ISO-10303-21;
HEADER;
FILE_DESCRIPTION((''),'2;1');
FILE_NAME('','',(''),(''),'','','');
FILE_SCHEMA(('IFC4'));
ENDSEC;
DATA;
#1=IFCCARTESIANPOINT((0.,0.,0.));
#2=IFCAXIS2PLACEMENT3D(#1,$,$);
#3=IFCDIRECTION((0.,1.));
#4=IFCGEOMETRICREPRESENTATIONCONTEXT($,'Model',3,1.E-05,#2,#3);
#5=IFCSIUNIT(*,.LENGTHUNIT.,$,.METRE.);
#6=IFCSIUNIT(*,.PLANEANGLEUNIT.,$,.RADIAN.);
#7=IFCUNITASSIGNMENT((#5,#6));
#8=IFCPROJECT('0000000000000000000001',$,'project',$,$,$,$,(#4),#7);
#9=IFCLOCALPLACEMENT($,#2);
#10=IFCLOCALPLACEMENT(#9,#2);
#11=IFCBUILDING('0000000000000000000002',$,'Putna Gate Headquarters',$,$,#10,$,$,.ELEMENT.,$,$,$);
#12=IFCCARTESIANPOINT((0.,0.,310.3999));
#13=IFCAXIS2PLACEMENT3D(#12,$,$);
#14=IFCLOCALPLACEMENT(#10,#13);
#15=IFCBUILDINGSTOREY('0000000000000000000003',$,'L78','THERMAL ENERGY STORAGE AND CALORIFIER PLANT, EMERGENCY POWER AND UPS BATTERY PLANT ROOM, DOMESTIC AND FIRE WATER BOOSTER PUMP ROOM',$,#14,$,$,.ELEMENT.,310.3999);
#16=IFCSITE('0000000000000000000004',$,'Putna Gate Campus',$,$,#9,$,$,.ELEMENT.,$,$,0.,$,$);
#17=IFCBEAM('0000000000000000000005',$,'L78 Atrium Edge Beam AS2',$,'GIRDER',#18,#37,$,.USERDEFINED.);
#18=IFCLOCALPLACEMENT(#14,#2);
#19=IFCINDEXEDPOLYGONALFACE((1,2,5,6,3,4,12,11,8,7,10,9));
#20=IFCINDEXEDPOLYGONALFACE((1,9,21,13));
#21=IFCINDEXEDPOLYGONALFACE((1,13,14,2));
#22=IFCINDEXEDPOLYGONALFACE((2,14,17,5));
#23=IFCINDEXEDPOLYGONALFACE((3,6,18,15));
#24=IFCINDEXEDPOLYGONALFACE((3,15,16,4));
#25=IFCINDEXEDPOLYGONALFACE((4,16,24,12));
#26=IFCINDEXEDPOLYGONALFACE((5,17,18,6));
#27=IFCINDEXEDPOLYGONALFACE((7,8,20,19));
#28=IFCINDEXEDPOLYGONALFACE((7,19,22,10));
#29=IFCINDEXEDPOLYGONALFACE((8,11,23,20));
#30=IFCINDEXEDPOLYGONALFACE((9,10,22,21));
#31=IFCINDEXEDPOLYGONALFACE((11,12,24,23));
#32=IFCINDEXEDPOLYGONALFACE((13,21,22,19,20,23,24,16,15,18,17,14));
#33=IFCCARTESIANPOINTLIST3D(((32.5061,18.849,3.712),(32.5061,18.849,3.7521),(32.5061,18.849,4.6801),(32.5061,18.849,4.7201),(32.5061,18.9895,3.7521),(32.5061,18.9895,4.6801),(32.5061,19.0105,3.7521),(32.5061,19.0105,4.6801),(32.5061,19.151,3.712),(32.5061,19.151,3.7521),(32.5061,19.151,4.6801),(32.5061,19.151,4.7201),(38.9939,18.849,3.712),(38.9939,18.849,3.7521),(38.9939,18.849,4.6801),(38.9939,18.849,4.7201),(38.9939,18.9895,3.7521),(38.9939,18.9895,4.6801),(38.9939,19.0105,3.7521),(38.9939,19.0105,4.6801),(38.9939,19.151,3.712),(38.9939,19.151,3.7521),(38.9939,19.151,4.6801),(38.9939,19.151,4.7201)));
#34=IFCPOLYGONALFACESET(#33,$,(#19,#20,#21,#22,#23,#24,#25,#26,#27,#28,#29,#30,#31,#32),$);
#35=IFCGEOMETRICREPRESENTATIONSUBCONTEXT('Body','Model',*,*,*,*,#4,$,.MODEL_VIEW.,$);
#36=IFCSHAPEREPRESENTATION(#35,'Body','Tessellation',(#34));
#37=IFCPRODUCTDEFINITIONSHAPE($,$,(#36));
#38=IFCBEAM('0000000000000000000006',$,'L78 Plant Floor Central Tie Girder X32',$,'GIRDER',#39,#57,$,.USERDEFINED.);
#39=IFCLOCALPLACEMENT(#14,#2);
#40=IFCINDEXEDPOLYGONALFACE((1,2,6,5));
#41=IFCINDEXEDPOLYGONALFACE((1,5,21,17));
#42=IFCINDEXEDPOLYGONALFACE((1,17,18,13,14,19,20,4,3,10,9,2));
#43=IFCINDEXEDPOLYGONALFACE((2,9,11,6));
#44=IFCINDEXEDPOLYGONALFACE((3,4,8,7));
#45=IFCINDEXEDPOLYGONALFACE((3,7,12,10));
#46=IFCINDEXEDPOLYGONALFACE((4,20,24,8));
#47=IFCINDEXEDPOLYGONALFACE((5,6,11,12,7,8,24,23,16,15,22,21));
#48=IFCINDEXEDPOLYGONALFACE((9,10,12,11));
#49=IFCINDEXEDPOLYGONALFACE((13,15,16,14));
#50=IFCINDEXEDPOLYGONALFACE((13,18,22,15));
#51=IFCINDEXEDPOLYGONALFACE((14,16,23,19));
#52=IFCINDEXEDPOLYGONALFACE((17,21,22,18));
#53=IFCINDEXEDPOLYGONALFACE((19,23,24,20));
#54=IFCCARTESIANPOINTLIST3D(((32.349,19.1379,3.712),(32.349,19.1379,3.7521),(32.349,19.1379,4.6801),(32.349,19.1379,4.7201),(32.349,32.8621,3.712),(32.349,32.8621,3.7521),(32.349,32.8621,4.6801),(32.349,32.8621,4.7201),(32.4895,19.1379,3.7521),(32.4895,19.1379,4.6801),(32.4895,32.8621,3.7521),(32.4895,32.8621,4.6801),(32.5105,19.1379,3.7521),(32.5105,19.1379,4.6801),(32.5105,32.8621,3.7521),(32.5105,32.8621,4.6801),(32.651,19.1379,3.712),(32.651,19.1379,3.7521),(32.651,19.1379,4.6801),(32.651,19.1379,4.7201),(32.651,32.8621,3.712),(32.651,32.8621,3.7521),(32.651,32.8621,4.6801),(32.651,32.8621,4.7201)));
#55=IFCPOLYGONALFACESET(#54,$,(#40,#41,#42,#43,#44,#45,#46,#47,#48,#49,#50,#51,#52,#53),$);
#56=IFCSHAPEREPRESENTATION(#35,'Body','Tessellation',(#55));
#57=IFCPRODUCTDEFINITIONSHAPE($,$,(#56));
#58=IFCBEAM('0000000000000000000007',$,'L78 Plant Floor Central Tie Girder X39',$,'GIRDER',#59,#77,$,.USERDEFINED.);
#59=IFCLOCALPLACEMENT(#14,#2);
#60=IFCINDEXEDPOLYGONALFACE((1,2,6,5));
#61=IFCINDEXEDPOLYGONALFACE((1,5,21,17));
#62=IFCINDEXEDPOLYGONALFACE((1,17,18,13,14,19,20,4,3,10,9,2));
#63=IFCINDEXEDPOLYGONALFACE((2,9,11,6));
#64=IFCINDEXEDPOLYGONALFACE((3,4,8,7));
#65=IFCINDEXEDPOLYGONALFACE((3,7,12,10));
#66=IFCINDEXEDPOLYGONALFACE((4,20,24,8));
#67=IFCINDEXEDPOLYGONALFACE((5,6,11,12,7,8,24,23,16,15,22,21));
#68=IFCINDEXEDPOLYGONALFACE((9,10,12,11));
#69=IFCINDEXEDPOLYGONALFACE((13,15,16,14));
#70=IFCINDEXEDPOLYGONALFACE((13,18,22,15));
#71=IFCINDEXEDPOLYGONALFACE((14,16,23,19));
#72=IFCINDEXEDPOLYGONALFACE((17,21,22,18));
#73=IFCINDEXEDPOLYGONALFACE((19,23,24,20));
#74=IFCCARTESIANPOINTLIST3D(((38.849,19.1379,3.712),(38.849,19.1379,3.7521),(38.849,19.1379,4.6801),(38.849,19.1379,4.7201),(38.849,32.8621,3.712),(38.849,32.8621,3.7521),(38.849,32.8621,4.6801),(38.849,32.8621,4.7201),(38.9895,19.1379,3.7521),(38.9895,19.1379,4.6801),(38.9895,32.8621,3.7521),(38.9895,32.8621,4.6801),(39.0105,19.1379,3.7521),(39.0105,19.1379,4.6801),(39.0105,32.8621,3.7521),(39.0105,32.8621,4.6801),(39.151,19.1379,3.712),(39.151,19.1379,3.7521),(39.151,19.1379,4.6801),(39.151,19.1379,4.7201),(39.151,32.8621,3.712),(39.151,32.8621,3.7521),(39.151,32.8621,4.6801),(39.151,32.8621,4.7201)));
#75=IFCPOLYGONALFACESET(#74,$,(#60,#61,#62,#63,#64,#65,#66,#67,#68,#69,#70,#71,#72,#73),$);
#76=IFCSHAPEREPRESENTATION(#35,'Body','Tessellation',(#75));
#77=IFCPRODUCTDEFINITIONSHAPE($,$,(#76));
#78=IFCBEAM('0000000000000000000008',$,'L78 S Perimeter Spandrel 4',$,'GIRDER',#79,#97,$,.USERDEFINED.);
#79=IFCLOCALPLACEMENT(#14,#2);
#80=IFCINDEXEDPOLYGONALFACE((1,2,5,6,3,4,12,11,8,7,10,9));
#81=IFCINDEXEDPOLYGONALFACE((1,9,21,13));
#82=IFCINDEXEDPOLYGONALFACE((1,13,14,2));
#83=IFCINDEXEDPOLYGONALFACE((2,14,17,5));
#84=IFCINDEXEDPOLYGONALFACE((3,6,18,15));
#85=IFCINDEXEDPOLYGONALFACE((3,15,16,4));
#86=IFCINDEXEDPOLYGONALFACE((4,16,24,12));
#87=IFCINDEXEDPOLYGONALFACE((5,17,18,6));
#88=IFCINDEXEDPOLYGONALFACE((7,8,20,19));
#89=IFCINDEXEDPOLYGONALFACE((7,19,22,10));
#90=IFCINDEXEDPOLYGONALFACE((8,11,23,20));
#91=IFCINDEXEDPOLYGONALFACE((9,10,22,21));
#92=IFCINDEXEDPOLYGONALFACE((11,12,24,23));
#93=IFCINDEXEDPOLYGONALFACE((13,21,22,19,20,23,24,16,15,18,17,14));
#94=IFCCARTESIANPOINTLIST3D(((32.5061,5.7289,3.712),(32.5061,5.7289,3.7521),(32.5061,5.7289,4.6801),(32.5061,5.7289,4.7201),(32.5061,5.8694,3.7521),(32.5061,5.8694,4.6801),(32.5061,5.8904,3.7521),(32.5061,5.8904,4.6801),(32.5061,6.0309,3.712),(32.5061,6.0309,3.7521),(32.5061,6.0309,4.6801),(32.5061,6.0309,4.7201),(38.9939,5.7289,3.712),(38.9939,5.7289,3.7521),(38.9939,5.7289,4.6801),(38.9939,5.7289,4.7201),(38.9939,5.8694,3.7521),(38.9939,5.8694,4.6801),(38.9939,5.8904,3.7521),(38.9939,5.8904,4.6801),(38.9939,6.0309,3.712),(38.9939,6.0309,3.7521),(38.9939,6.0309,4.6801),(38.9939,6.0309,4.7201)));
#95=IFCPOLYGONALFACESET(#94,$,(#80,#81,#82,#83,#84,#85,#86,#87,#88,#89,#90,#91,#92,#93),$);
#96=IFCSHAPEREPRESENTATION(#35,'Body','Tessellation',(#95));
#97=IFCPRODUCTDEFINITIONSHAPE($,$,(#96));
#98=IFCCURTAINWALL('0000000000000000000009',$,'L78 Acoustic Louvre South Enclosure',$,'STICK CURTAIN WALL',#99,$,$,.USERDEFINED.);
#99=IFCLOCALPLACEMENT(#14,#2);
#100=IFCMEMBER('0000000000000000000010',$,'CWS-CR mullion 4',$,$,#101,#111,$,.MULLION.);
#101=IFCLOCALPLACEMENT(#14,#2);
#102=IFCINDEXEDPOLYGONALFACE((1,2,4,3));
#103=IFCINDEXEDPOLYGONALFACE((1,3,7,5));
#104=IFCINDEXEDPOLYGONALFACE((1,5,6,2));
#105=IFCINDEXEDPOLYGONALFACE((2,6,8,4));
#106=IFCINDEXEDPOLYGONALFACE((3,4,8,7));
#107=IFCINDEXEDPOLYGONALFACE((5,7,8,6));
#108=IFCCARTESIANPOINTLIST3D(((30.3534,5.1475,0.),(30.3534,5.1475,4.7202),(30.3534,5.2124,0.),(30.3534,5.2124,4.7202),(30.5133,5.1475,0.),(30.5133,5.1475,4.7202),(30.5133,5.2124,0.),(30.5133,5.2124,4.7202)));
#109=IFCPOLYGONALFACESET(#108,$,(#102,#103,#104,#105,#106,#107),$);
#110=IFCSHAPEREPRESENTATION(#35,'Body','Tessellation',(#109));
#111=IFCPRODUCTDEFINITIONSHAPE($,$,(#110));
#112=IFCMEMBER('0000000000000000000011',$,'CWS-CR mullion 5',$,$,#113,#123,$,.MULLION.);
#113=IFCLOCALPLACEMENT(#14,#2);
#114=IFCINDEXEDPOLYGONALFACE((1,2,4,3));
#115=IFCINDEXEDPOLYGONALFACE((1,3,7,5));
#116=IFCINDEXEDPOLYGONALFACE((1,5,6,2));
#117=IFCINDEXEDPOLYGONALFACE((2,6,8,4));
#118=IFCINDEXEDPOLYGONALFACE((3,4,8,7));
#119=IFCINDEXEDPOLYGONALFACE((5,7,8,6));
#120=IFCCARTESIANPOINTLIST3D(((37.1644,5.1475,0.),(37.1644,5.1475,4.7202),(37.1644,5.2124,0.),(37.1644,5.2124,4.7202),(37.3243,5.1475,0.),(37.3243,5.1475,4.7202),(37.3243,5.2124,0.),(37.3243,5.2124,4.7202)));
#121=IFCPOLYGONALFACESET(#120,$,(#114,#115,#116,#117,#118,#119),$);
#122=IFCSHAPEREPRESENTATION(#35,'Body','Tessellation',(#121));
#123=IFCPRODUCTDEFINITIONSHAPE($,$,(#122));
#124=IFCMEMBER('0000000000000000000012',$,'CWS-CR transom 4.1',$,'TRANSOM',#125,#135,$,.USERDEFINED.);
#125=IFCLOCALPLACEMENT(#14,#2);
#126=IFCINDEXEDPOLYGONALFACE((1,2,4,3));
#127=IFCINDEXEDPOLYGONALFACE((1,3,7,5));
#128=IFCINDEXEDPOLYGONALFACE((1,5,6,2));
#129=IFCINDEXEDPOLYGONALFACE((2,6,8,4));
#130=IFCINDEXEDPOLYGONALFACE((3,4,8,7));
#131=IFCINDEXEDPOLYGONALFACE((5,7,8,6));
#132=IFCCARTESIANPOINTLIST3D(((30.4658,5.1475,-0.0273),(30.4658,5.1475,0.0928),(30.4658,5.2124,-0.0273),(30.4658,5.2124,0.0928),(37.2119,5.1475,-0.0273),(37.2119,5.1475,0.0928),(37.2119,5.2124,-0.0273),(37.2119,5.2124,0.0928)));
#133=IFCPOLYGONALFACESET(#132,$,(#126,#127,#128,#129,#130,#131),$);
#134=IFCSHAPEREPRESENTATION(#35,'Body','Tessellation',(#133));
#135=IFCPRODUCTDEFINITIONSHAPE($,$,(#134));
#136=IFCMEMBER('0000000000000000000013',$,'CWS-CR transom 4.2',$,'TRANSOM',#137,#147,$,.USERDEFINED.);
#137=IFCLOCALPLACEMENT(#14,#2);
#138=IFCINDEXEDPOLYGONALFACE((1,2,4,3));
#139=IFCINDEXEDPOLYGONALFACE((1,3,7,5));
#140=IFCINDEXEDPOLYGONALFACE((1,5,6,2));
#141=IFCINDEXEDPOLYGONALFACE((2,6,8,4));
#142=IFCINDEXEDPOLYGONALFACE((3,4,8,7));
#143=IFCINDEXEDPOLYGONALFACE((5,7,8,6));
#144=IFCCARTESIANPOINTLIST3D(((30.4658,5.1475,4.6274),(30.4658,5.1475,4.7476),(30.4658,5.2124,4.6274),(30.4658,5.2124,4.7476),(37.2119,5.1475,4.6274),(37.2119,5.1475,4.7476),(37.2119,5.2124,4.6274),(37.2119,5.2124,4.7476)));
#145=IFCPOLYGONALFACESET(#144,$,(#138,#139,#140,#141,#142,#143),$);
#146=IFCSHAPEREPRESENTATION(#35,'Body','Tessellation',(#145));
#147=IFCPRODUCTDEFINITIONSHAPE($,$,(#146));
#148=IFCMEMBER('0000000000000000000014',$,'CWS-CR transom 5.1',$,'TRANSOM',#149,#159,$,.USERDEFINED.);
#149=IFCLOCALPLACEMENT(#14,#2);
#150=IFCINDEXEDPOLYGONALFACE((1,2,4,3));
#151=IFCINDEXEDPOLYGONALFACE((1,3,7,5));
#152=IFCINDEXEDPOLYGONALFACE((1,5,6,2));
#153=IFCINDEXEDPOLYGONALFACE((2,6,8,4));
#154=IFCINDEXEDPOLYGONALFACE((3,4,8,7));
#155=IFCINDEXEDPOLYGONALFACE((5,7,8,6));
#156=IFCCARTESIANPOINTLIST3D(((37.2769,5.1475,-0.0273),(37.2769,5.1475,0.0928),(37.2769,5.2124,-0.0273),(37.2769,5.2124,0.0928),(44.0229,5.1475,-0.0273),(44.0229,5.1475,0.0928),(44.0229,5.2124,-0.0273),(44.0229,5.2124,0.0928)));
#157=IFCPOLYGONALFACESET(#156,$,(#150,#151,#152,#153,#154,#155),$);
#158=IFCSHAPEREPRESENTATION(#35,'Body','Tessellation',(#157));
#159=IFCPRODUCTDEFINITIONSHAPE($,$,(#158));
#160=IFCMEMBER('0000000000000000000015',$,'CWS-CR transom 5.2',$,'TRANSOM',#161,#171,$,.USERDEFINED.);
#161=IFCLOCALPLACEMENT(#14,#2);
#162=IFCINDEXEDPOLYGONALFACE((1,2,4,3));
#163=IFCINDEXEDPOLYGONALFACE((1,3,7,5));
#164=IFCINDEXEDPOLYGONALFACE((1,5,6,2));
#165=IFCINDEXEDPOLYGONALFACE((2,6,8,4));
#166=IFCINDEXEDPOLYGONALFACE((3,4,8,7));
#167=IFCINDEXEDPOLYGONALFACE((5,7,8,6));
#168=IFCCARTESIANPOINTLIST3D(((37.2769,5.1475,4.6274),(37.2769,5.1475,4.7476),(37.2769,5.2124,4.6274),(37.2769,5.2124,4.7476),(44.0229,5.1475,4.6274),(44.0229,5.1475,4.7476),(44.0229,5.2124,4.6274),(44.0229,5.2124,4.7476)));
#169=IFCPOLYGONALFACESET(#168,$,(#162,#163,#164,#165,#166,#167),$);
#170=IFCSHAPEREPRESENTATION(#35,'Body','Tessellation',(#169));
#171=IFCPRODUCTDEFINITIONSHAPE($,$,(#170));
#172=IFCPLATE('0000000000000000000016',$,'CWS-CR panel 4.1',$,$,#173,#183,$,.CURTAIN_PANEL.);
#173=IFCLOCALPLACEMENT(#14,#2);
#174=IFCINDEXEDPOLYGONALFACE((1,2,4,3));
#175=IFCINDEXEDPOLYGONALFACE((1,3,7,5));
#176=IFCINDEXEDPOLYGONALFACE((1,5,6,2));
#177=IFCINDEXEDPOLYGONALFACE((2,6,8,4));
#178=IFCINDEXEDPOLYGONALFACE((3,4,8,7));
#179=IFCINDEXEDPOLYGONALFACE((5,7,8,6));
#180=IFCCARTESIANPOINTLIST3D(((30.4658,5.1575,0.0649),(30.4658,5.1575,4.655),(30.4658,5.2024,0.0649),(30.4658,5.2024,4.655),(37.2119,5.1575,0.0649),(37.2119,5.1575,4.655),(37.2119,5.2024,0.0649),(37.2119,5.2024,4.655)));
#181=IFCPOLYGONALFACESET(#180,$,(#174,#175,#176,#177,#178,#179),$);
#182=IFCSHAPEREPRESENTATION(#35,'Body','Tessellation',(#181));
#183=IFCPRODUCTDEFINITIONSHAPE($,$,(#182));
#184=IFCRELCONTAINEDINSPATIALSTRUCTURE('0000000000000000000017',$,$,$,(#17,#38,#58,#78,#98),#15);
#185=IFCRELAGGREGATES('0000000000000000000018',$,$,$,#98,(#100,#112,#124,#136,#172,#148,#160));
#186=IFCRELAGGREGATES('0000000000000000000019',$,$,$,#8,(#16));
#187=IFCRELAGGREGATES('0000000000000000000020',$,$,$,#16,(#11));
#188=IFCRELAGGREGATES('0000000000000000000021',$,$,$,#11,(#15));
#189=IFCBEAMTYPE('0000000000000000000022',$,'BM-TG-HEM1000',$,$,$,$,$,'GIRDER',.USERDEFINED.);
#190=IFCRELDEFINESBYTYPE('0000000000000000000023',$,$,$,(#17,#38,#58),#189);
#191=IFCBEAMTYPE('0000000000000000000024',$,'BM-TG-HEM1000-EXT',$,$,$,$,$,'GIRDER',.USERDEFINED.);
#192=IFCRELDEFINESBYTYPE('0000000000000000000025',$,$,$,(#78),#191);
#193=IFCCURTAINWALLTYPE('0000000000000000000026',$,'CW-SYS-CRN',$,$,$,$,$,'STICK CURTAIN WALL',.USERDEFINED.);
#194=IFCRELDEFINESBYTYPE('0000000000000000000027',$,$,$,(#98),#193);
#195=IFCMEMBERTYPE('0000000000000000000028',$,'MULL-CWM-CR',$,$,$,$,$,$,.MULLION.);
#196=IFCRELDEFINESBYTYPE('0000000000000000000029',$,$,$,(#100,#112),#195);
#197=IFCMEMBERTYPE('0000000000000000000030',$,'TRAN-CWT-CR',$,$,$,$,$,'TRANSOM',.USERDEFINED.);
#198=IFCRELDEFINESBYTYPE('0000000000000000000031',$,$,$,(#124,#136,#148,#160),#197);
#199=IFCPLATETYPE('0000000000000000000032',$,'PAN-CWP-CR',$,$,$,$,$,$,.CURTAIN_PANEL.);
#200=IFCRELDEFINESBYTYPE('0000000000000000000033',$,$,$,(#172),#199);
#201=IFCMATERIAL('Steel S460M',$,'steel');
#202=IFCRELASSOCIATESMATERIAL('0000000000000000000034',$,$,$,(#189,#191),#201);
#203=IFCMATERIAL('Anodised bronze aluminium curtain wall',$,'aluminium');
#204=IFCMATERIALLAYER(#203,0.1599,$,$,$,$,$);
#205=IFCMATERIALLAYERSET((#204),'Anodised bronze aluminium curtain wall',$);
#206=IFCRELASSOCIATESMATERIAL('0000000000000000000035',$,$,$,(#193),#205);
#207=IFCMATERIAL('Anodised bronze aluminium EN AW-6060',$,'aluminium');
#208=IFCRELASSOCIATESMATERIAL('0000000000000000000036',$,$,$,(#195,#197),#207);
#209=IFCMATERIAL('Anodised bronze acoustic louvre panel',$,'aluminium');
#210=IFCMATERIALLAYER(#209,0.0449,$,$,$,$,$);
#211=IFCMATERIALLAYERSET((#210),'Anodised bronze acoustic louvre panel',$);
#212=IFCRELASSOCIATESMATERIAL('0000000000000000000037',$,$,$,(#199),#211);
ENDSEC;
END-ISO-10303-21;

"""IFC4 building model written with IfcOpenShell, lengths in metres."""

from ifc_helpers import new_model, si_unit, direction, frame, origin, origin_2d, place, context, subcontext, project, spatial, rectangle, i_section, extrude, material, layer, layer_set, material_profile, profile_set, type_object, element, aggregate, save


model = new_model("IFC4")

# Units and contexts
model_context = context("Model", 3, precision=1e-05, world=origin(), true_north=direction((0.0, 1.0)))
body_context = subcontext(model_context, "Body", "Model", "MODEL_VIEW")
ifc_project = project(units=[si_unit("LENGTHUNIT", "METRE"), si_unit("PLANEANGLEUNIT", "RADIAN")], contexts=[model_context])

# Site, building, storey
site_placement = place(None, origin())
site = spatial("IfcSite", under=ifc_project, at=site_placement, Name="Putna Gate Campus", CompositionType="ELEMENT", RefElevation=0.0)
building_placement = place(site_placement, origin())
building = spatial("IfcBuilding", under=site, at=building_placement, Name="Putna Gate Headquarters", CompositionType="ELEMENT")
storey_placement = place(building_placement, frame((0.0, 0.0, 310.3999)))
storey = spatial("IfcBuildingStorey", under=building, at=storey_placement, Name="L78", Description="THERMAL ENERGY STORAGE AND CALORIFIER PLANT, EMERGENCY POWER AND UPS BATTERY PLANT ROOM, DOMESTIC AND FIRE WATER BOOSTER PUMP ROOM", CompositionType="ELEMENT", Elevation=310.3999)

# Shared definitions
ifc_material_1 = material(Name="Steel S460M", Category="steel")

# Beams
ifc_material_profile_1 = material_profile(ifc_material_1, i_section(OverallWidth=0.302, OverallDepth=1.0081, WebThickness=0.021, FlangeThickness=0.04, at=origin_2d()), Name="Steel S460M")
ifc_profile_set_1 = profile_set([ifc_material_profile_1], Name="Steel S460M")
beam_type_1 = type_object("IfcBeamType", Name="BM-TG-HEM1000", ElementType="GIRDER", PredefinedType="USERDEFINED", material=ifc_profile_set_1)
beam_1_placement = place(storey_placement, frame((32.5061, 19.0, 4.2161), z_axis=(1.0, 0.0, 0.0), x_axis=(0.0, 1.0, 0.0)))
element("IfcBeam", 1, at=beam_1_placement, inside=storey, type_object=beam_type_1, Name="L78 Atrium Edge Beam AS2", ObjectType="GIRDER", PredefinedType="USERDEFINED", context=body_context, shape_type="SweptSolid", body=[
    extrude(i_section(OverallWidth=0.302, OverallDepth=1.0081, WebThickness=0.021, FlangeThickness=0.04, at=origin_2d()), origin(), (0.0, 0.0, 1.0), 6.4878),
])
for number, where, z_axis, x_axis, name in (
    (2, (32.5, 19.1379, 4.2161), (0.0, 1.0, 0.0), (-1.0, 0.0, 0.0), "L78 Plant Floor Central Tie Girder X32"),
    (3, (39.0, 19.1379, 4.2161), (0.0, 1.0, 0.0), (-1.0, 0.0, 0.0), "L78 Plant Floor Central Tie Girder X39"),
):
    element("IfcBeam", number, at=place(storey_placement, frame(where, z_axis=z_axis, x_axis=x_axis)), inside=storey, type_object=beam_type_1, Name=name, ObjectType="GIRDER", PredefinedType="USERDEFINED", context=body_context, shape_type="SweptSolid", body=[
        extrude(i_section(OverallWidth=0.302, OverallDepth=1.0081, WebThickness=0.021, FlangeThickness=0.04, at=origin_2d()), origin(), (0.0, 0.0, 1.0), 13.7241),
    ])
ifc_material_profile_2 = material_profile(ifc_material_1, i_section(OverallWidth=0.302, OverallDepth=1.0081, WebThickness=0.021, FlangeThickness=0.04, at=origin_2d()), Name="Steel S460M")
ifc_profile_set_2 = profile_set([ifc_material_profile_2], Name="Steel S460M")
beam_type_2 = type_object("IfcBeamType", Name="BM-TG-HEM1000-EXT", ElementType="GIRDER", PredefinedType="USERDEFINED", material=ifc_profile_set_2)
beam_2_placement = place(storey_placement, frame((32.5061, 5.8799, 4.2161), z_axis=(1.0, 0.0, 0.0), x_axis=(0.0, 1.0, 0.0)))
element("IfcBeam", 4, at=beam_2_placement, inside=storey, type_object=beam_type_2, Name="L78 S Perimeter Spandrel 4", ObjectType="GIRDER", PredefinedType="USERDEFINED", context=body_context, shape_type="SweptSolid", body=[
    extrude(i_section(OverallWidth=0.302, OverallDepth=1.0081, WebThickness=0.021, FlangeThickness=0.04, at=origin_2d()), origin(), (0.0, 0.0, 1.0), 6.4878),
])

# Curtain wall, members, plate
ifc_material_2 = material(Name="Anodised bronze aluminium curtain wall", Category="aluminium")
ifc_layer_1 = layer(ifc_material_2, 0.1599)
ifc_layer_set_1 = layer_set([ifc_layer_1], Name="Anodised bronze aluminium curtain wall")
curtain_wall_type = type_object("IfcCurtainWallType", Name="CW-SYS-CRN", ElementType="STICK CURTAIN WALL", PredefinedType="USERDEFINED", material=ifc_layer_set_1)
curtain_wall_placement = place(storey_placement, origin())
curtain_wall = element("IfcCurtainWall", 5, at=curtain_wall_placement, inside=storey, type_object=curtain_wall_type, Name="L78 Acoustic Louvre South Enclosure", ObjectType="STICK CURTAIN WALL", PredefinedType="USERDEFINED")
ifc_material_3 = material(Name="Anodised bronze aluminium EN AW-6060", Category="aluminium")
ifc_material_profile_3 = material_profile(ifc_material_3, rectangle(XDim=0.0649, YDim=0.1599, at=origin_2d()), Name="Anodised bronze aluminium EN AW-6060")
ifc_profile_set_3 = profile_set([ifc_material_profile_3], Name="Anodised bronze aluminium EN AW-6060")
member_type_1 = type_object("IfcMemberType", Name="MULL-CWM-CR", PredefinedType="MULLION", material=ifc_profile_set_3)
member_1_placement = place(storey_placement, frame((30.4333, 5.1799, 0.0), z_axis=(0.0, 0.0, 1.0), x_axis=(0.0, 1.0, 0.0)))
member_1 = element("IfcMember", 6, at=member_1_placement, type_object=member_type_1, Name="CWS-CR mullion 4", PredefinedType="MULLION", context=body_context, shape_type="SweptSolid", body=[
    extrude(rectangle(XDim=0.0649, YDim=0.1599, at=origin_2d()), origin(), (0.0, 0.0, 1.0), 4.7202),
])
member_2_placement = place(storey_placement, frame((37.2444, 5.1799, 0.0), z_axis=(0.0, 0.0, 1.0), x_axis=(0.0, 1.0, 0.0)))
member_2 = element("IfcMember", 7, at=member_2_placement, type_object=member_type_1, Name="CWS-CR mullion 5", PredefinedType="MULLION", context=body_context, shape_type="SweptSolid", body=[
    extrude(rectangle(XDim=0.0649, YDim=0.1599, at=origin_2d()), origin(), (0.0, 0.0, 1.0), 4.7202),
])
ifc_material_profile_4 = material_profile(ifc_material_3, rectangle(XDim=0.0649, YDim=0.1201, at=origin_2d()), Name="Anodised bronze aluminium EN AW-6060")
ifc_profile_set_4 = profile_set([ifc_material_profile_4], Name="Anodised bronze aluminium EN AW-6060")
member_type_2 = type_object("IfcMemberType", Name="TRAN-CWT-CR", ElementType="TRANSOM", PredefinedType="USERDEFINED", material=ifc_profile_set_4)
member_3_placement = place(storey_placement, frame((30.4658, 5.1799, 0.0327), z_axis=(1.0, 0.0, 0.0), x_axis=(0.0, 1.0, 0.0)))
member_3 = element("IfcMember", 8, at=member_3_placement, type_object=member_type_2, Name="CWS-CR transom 4.1", ObjectType="TRANSOM", PredefinedType="USERDEFINED", context=body_context, shape_type="SweptSolid", body=[
    extrude(rectangle(XDim=0.0649, YDim=0.1201, at=origin_2d()), origin(), (0.0, 0.0, 1.0), 6.7461),
])
member_4_placement = place(storey_placement, frame((30.4658, 5.1799, 4.6875), z_axis=(1.0, 0.0, 0.0), x_axis=(0.0, 1.0, 0.0)))
member_4 = element("IfcMember", 9, at=member_4_placement, type_object=member_type_2, Name="CWS-CR transom 4.2", ObjectType="TRANSOM", PredefinedType="USERDEFINED", context=body_context, shape_type="SweptSolid", body=[
    extrude(rectangle(XDim=0.0649, YDim=0.1201, at=origin_2d()), origin(), (0.0, 0.0, 1.0), 6.7461),
])
member_5_placement = place(storey_placement, frame((37.2769, 5.1799, 0.0327), z_axis=(1.0, 0.0, 0.0), x_axis=(0.0, 1.0, 0.0)))
member_5 = element("IfcMember", 10, at=member_5_placement, type_object=member_type_2, Name="CWS-CR transom 5.1", ObjectType="TRANSOM", PredefinedType="USERDEFINED", context=body_context, shape_type="SweptSolid", body=[
    extrude(rectangle(XDim=0.0649, YDim=0.1201, at=origin_2d()), origin(), (0.0, 0.0, 1.0), 6.7461),
])
member_6_placement = place(storey_placement, frame((37.2769, 5.1799, 4.6875), z_axis=(1.0, 0.0, 0.0), x_axis=(0.0, 1.0, 0.0)))
member_6 = element("IfcMember", 11, at=member_6_placement, type_object=member_type_2, Name="CWS-CR transom 5.2", ObjectType="TRANSOM", PredefinedType="USERDEFINED", context=body_context, shape_type="SweptSolid", body=[
    extrude(rectangle(XDim=0.0649, YDim=0.1201, at=origin_2d()), origin(), (0.0, 0.0, 1.0), 6.7461),
])
ifc_material_4 = material(Name="Anodised bronze acoustic louvre panel", Category="aluminium")
ifc_layer_2 = layer(ifc_material_4, 0.0449)
ifc_layer_set_2 = layer_set([ifc_layer_2], Name="Anodised bronze acoustic louvre panel")
plate_type = type_object("IfcPlateType", Name="PAN-CWP-CR", PredefinedType="CURTAIN_PANEL", material=ifc_layer_set_2)
plate_placement = place(storey_placement, frame((33.8389, 5.1799, 0.0649), z_axis=(0.0, 0.0, 1.0), x_axis=(1.0, 0.0, 0.0)))
plate = element("IfcPlate", 12, at=plate_placement, type_object=plate_type, Name="CWS-CR panel 4.1", PredefinedType="CURTAIN_PANEL", context=body_context, shape_type="SweptSolid", body=[
    extrude(rectangle(XDim=6.7461, YDim=0.0449, at=origin_2d()), origin(), (0.0, 0.0, 1.0), 4.5901),
])
aggregate(curtain_wall, [member_1, member_2, member_3, member_4, plate, member_5, member_6])

save(model, "model.ifc")
